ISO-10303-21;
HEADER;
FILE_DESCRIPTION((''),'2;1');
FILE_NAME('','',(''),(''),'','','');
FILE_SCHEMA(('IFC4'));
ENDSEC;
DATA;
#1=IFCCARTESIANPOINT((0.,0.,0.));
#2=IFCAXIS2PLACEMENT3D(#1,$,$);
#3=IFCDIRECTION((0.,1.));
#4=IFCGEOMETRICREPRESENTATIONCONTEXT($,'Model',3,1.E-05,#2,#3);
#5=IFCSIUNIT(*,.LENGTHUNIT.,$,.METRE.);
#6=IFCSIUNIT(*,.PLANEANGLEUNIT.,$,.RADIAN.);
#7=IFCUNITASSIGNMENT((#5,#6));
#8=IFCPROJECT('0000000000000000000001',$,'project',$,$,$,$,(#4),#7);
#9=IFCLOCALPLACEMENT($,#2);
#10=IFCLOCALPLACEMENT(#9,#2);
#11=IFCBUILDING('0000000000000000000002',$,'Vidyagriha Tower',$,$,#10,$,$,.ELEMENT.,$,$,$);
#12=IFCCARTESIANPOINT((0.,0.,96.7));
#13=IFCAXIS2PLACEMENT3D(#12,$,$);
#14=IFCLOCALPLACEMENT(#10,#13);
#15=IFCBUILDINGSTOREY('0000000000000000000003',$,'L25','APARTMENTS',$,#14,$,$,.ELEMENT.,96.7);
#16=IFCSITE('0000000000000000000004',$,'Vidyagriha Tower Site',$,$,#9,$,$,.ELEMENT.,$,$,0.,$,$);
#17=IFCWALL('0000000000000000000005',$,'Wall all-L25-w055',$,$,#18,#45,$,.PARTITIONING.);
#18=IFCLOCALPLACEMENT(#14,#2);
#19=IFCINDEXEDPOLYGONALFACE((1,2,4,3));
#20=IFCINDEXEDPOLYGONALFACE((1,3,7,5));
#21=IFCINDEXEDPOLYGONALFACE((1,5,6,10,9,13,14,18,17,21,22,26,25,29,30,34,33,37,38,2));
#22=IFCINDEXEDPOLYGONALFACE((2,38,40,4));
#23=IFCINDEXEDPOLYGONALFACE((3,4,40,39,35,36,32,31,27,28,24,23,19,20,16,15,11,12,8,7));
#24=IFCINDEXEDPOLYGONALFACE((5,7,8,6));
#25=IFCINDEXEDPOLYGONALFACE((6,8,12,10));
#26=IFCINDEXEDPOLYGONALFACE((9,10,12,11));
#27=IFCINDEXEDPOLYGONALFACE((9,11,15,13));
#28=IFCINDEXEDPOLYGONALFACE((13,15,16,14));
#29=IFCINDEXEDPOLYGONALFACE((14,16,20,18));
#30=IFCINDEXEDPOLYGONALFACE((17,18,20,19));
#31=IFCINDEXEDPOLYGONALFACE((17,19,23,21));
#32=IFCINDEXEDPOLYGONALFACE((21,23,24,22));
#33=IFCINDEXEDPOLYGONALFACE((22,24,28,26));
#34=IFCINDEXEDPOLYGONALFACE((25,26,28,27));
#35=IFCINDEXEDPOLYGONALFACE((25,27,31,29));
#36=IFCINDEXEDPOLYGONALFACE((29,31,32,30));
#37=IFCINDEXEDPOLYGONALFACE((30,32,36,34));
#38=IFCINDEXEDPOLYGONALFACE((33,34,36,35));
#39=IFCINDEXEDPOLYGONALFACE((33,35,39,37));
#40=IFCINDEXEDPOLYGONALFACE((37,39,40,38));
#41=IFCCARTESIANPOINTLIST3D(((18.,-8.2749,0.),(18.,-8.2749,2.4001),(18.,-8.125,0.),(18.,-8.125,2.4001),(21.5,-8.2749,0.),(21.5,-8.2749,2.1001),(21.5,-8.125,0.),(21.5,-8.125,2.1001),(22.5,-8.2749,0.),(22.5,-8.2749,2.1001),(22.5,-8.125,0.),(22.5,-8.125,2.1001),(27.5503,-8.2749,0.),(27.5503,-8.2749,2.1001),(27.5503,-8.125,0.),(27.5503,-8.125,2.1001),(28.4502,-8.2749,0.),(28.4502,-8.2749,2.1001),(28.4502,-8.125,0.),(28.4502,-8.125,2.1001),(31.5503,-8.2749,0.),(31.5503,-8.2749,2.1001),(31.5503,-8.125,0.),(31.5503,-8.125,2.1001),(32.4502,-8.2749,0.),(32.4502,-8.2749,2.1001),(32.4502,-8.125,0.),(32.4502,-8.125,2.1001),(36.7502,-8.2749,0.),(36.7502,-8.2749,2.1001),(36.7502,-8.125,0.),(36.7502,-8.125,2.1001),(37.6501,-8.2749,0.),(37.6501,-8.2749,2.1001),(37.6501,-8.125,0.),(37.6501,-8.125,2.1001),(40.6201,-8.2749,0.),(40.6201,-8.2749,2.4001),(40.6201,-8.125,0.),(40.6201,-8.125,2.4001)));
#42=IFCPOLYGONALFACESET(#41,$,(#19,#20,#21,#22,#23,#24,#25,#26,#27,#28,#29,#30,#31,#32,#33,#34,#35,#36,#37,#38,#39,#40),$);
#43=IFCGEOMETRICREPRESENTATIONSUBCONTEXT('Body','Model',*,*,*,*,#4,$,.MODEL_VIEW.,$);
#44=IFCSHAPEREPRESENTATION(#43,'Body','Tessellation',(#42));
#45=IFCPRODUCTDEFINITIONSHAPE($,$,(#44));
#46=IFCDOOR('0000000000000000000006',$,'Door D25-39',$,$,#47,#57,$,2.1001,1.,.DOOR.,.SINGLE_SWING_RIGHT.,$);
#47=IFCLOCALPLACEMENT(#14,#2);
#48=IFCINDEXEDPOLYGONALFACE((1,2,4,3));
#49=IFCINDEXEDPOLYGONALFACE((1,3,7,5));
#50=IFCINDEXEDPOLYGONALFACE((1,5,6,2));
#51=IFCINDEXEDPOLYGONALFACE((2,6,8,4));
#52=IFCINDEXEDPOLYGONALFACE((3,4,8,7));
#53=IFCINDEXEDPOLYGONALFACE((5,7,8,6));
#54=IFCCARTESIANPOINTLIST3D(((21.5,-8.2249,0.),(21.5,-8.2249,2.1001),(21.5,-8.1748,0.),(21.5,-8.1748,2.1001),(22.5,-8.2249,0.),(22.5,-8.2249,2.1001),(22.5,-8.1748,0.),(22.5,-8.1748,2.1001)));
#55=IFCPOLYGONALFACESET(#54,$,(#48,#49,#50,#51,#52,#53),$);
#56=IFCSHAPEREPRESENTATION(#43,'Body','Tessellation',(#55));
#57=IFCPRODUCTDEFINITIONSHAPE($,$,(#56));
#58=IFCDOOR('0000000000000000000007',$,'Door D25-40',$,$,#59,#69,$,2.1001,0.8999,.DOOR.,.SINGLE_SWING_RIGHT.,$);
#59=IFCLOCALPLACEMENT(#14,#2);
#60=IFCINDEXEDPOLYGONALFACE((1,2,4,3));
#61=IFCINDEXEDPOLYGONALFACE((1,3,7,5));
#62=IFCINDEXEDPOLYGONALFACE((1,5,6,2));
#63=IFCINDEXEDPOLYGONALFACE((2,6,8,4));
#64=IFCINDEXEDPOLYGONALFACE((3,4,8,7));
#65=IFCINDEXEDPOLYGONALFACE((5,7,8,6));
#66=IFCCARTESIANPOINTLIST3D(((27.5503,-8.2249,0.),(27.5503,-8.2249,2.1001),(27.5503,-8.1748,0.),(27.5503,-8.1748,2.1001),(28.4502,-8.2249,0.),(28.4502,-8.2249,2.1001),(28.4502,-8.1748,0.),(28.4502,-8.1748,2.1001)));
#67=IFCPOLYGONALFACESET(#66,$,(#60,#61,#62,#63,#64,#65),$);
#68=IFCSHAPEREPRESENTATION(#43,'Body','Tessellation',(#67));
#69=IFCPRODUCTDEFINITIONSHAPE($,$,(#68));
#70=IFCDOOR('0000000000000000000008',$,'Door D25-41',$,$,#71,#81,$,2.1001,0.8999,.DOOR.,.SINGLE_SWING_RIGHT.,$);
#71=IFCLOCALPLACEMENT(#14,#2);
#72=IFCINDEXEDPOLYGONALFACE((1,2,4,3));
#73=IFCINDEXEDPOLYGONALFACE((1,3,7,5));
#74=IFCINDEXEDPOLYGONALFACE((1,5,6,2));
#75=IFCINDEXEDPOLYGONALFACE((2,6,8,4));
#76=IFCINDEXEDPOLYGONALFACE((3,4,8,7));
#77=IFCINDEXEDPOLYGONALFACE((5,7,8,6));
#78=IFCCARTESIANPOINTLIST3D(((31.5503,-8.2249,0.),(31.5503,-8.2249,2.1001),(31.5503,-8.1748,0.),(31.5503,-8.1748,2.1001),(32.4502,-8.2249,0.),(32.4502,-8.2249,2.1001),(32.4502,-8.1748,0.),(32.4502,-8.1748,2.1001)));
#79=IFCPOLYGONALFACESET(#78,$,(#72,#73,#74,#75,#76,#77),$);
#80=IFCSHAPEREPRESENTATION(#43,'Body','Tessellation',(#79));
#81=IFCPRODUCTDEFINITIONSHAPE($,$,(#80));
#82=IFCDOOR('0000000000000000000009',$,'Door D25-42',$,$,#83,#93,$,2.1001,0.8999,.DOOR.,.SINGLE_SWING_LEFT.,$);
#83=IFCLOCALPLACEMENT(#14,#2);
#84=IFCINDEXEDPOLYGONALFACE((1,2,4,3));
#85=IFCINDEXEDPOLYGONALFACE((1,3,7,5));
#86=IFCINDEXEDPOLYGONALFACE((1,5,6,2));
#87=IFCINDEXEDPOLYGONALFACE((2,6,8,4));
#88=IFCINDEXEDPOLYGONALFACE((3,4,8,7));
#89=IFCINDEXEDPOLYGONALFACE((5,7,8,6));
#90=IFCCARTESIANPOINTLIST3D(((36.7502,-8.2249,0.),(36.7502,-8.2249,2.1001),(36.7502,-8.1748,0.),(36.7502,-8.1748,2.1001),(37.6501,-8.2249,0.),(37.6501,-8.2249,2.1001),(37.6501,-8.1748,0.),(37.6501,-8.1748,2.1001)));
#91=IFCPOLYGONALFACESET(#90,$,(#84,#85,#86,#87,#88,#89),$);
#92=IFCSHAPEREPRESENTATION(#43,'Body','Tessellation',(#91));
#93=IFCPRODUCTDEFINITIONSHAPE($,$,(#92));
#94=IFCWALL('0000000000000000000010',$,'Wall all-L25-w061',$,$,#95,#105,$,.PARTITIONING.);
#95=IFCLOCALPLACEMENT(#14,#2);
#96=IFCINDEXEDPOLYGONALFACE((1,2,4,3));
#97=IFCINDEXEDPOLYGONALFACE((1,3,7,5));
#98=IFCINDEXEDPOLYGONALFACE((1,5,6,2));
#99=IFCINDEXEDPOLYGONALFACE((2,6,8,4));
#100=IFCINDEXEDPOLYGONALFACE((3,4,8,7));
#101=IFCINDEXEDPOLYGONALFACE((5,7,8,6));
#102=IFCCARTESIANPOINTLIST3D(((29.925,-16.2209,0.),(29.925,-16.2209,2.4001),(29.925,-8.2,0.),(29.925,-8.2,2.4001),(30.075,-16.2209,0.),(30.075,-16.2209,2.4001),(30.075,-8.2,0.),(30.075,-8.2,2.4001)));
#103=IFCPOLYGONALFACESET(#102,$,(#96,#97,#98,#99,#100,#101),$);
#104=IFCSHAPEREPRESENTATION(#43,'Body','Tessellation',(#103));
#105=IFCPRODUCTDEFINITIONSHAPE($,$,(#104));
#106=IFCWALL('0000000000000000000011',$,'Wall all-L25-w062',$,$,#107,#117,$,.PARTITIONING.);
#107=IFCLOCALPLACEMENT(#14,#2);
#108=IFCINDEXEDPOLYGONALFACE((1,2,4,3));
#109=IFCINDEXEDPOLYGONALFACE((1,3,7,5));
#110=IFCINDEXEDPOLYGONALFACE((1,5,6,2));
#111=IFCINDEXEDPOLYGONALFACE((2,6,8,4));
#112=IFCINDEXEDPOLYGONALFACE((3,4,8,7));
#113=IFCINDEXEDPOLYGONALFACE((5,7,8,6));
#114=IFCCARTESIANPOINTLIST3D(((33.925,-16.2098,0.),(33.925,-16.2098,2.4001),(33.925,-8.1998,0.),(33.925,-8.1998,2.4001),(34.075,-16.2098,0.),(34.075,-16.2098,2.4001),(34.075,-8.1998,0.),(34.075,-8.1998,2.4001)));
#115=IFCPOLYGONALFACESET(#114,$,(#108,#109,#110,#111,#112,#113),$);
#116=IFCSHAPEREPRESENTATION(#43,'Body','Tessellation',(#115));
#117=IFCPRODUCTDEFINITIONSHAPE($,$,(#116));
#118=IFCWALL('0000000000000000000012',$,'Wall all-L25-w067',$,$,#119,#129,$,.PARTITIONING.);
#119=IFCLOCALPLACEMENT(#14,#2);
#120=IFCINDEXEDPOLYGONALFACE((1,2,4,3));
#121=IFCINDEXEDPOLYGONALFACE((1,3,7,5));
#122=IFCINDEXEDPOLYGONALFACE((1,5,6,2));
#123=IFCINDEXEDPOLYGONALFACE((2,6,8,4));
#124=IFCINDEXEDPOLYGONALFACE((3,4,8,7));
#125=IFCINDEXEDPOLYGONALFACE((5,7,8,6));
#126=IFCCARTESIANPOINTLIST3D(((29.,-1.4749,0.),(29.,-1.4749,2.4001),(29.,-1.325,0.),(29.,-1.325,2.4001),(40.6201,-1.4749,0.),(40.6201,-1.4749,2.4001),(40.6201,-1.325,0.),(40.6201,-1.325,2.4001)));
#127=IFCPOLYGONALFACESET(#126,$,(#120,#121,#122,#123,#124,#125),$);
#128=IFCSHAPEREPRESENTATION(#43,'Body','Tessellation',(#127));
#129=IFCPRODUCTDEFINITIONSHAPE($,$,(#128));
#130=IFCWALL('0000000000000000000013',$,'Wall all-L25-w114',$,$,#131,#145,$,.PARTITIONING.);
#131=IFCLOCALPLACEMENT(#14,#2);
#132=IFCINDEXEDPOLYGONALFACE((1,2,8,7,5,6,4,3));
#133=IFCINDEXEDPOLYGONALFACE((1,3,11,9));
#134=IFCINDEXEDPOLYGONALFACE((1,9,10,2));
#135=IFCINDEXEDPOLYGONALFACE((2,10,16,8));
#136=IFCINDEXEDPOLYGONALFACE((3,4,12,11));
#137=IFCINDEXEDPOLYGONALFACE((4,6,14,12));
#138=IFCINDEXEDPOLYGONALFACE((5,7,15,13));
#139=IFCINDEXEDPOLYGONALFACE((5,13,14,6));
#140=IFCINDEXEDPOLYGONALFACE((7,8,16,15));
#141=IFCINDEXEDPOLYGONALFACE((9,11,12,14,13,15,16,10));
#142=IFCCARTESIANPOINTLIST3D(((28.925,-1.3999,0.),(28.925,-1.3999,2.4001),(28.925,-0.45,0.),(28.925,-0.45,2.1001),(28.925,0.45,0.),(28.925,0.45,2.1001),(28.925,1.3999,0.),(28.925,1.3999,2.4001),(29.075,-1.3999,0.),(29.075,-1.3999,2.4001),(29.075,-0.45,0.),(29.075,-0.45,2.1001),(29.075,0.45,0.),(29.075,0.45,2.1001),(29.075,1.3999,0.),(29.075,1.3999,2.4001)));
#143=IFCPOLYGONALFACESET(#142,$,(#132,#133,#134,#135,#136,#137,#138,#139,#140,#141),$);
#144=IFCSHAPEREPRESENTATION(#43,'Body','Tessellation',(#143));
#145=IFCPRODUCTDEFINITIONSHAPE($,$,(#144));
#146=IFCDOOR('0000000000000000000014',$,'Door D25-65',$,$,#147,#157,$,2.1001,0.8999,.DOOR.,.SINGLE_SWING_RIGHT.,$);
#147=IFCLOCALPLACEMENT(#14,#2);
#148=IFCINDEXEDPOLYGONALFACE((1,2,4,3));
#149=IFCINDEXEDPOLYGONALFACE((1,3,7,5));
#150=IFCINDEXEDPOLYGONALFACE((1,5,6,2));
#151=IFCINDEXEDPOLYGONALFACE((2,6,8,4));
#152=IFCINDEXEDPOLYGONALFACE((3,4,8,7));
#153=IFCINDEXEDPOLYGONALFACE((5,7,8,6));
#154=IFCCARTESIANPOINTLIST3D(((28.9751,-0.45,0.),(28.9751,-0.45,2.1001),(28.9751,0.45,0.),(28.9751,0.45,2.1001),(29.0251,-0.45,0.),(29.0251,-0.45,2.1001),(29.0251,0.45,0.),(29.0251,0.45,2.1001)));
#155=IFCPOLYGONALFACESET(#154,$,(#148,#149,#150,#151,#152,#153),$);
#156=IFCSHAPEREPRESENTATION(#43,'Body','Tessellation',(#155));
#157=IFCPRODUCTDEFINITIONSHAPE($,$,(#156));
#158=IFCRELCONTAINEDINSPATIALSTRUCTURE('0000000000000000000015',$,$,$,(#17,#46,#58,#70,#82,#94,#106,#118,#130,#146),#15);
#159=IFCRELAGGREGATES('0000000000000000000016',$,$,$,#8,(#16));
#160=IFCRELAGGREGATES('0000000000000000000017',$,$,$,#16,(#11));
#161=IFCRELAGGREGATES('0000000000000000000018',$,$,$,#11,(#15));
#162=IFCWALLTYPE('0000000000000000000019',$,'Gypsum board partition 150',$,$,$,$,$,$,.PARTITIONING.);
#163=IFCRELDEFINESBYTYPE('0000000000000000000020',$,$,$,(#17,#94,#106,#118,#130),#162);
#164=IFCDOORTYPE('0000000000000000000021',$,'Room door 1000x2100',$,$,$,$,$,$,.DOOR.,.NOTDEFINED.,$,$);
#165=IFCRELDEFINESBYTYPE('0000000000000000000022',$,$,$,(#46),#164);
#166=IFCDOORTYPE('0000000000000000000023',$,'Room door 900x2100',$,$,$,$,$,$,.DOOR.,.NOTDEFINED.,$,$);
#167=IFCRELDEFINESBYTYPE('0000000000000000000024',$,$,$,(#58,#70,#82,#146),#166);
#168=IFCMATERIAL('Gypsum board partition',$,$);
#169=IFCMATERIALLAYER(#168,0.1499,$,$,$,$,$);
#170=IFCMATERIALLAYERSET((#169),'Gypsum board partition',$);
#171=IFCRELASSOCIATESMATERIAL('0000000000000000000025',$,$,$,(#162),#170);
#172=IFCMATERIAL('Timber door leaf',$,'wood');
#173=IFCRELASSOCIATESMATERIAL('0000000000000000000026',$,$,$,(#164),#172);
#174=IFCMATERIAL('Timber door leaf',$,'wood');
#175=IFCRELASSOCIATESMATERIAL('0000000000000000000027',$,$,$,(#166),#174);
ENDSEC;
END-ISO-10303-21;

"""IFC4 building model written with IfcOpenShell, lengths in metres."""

from ifc_helpers import new_model, si_unit, direction, frame, frame_2d, origin, place, context, subcontext, project, spatial, rectangle, extrude, material, layer, layer_set, type_object, element, fill, save


model = new_model("IFC4")

# Units and contexts
model_context = context("Model", 3, precision=1e-05, world=origin(), true_north=direction((0.0, 1.0)))
body_context = subcontext(model_context, "Body", "Model", "MODEL_VIEW")
ifc_project = project(units=[si_unit("LENGTHUNIT", "METRE"), si_unit("PLANEANGLEUNIT", "RADIAN")], contexts=[model_context])

# Site, building, storey
site_placement = place(None, origin())
site = spatial("IfcSite", under=ifc_project, at=site_placement, Name="Vidyagriha Tower Site", CompositionType="ELEMENT", RefElevation=0.0)
building_placement = place(site_placement, origin())
building = spatial("IfcBuilding", under=site, at=building_placement, Name="Vidyagriha Tower", CompositionType="ELEMENT")
storey_placement = place(building_placement, frame((0.0, 0.0, 96.7)))
storey = spatial("IfcBuildingStorey", under=building, at=storey_placement, Name="L25", Description="APARTMENTS", CompositionType="ELEMENT", Elevation=96.7)

# Shared definitions
ifc_material_1 = material(Name="Gypsum board partition")
ifc_layer_1 = layer(ifc_material_1, 0.1499)
ifc_layer_set_1 = layer_set([ifc_layer_1], Name="Gypsum board partition")
wall_type_1 = type_object("IfcWallType", Name="Gypsum board partition 150", PredefinedType="PARTITIONING", material=ifc_layer_set_1)

# Wall, openings, doors
wall_1_placement = place(storey_placement, frame((40.6201, -8.2, 0.0), z_axis=(0.0, 0.0, 1.0), x_axis=(-1.0, 0.0, 0.0)))
wall_1 = element("IfcWall", 1, at=wall_1_placement, inside=storey, type_object=wall_type_1, Name="Wall all-L25-w055", PredefinedType="PARTITIONING", context=body_context, shape_type="SweptSolid", body=[
    extrude(rectangle(XDim=22.6201, YDim=0.1499, at=frame_2d((11.3101, 0.0))), origin(), (0.0, 0.0, 1.0), 2.4001),
])
opening_1_placement = place(wall_1_placement, frame((18.1201, 0.0, 0.0)))
opening_1 = element("IfcOpeningElement", 2, at=opening_1_placement, cuts=wall_1, PredefinedType="OPENING", context=body_context, shape_type="SweptSolid", body=[
    extrude(rectangle(XDim=1.0, YDim=2.1001, at=frame_2d((0.5, 1.05))), frame((0.0, 0.085, 0.0), z_axis=(0.0, -1.0, 0.0), x_axis=(1.0, 0.0, 0.0)), (0.0, 0.0, 1.0), 0.1699),
])
opening_2_placement = place(wall_1_placement, frame((12.1699, 0.0, 0.0)))
opening_2 = element("IfcOpeningElement", 3, at=opening_2_placement, cuts=wall_1, PredefinedType="OPENING", context=body_context, shape_type="SweptSolid", body=[
    extrude(rectangle(XDim=0.8999, YDim=2.1001, at=frame_2d((0.45, 1.05))), frame((0.0, 0.085, 0.0), z_axis=(0.0, -1.0, 0.0), x_axis=(1.0, 0.0, 0.0)), (0.0, 0.0, 1.0), 0.1699),
])
opening_3_placement = place(wall_1_placement, frame((8.1699, 0.0, 0.0)))
opening_3 = element("IfcOpeningElement", 4, at=opening_3_placement, cuts=wall_1, PredefinedType="OPENING", context=body_context, shape_type="SweptSolid", body=[
    extrude(rectangle(XDim=0.8999, YDim=2.1001, at=frame_2d((0.45, 1.05))), frame((0.0, 0.085, 0.0), z_axis=(0.0, -1.0, 0.0), x_axis=(1.0, 0.0, 0.0)), (0.0, 0.0, 1.0), 0.1699),
])
opening_4_placement = place(wall_1_placement, frame((2.97, 0.0, 0.0)))
opening_4 = element("IfcOpeningElement", 5, at=opening_4_placement, cuts=wall_1, PredefinedType="OPENING", context=body_context, shape_type="SweptSolid", body=[
    extrude(rectangle(XDim=0.8999, YDim=2.1001, at=frame_2d((0.45, 1.05))), frame((0.0, 0.085, 0.0), z_axis=(0.0, -1.0, 0.0), x_axis=(1.0, 0.0, 0.0)), (0.0, 0.0, 1.0), 0.1699),
])
ifc_material_2 = material(Name="Timber door leaf", Category="wood")
door_type_1 = type_object("IfcDoorType", Name="Room door 1000x2100", OperationType="NOTDEFINED", PredefinedType="DOOR", material=ifc_material_2)
door_1_placement = place(opening_1_placement, origin())
door_1 = element("IfcDoor", 6, at=door_1_placement, inside=storey, type_object=door_type_1, Name="Door D25-39", OperationType="SINGLE_SWING_RIGHT", OverallHeight=2.1001, OverallWidth=1.0, PredefinedType="DOOR", context=body_context, shape_type="SweptSolid", body=[
    extrude(rectangle(XDim=1.0, YDim=2.1001, at=frame_2d((0.5, 1.05))), frame((0.0, 0.0249, 0.0), z_axis=(0.0, -1.0, 0.0), x_axis=(1.0, 0.0, 0.0)), (0.0, 0.0, 1.0), 0.05),
])
fill(opening_1, door_1)
ifc_material_3 = material(Name="Timber door leaf", Category="wood")
door_type_2 = type_object("IfcDoorType", Name="Room door 900x2100", OperationType="NOTDEFINED", PredefinedType="DOOR", material=ifc_material_3)
door_2_placement = place(opening_2_placement, origin())
door_2 = element("IfcDoor", 7, at=door_2_placement, inside=storey, type_object=door_type_2, Name="Door D25-40", OperationType="SINGLE_SWING_RIGHT", OverallHeight=2.1001, OverallWidth=0.8999, PredefinedType="DOOR", context=body_context, shape_type="SweptSolid", body=[
    extrude(rectangle(XDim=0.8999, YDim=2.1001, at=frame_2d((0.45, 1.05))), frame((0.0, 0.0249, 0.0), z_axis=(0.0, -1.0, 0.0), x_axis=(1.0, 0.0, 0.0)), (0.0, 0.0, 1.0), 0.05),
])
fill(opening_2, door_2)
door_3_placement = place(opening_3_placement, origin())
door_3 = element("IfcDoor", 8, at=door_3_placement, inside=storey, type_object=door_type_2, Name="Door D25-41", OperationType="SINGLE_SWING_RIGHT", OverallHeight=2.1001, OverallWidth=0.8999, PredefinedType="DOOR", context=body_context, shape_type="SweptSolid", body=[
    extrude(rectangle(XDim=0.8999, YDim=2.1001, at=frame_2d((0.45, 1.05))), frame((0.0, 0.0249, 0.0), z_axis=(0.0, -1.0, 0.0), x_axis=(1.0, 0.0, 0.0)), (0.0, 0.0, 1.0), 0.05),
])
fill(opening_3, door_3)
door_4_placement = place(opening_4_placement, origin())
door_4 = element("IfcDoor", 9, at=door_4_placement, inside=storey, type_object=door_type_2, Name="Door D25-42", OperationType="SINGLE_SWING_LEFT", OverallHeight=2.1001, OverallWidth=0.8999, PredefinedType="DOOR", context=body_context, shape_type="SweptSolid", body=[
    extrude(rectangle(XDim=0.8999, YDim=2.1001, at=frame_2d((0.45, 1.05))), frame((0.0, 0.0249, 0.0), z_axis=(0.0, -1.0, 0.0), x_axis=(1.0, 0.0, 0.0)), (0.0, 0.0, 1.0), 0.05),
])
fill(opening_4, door_4)

# Walls
wall_2_placement = place(storey_placement, frame((30.0, -8.2, 0.0), z_axis=(0.0, 0.0, 1.0), x_axis=(0.0, -1.0, 0.0)))
element("IfcWall", 10, at=wall_2_placement, inside=storey, type_object=wall_type_1, Name="Wall all-L25-w061", PredefinedType="PARTITIONING", context=body_context, shape_type="SweptSolid", body=[
    extrude(rectangle(XDim=8.021, YDim=0.1499, at=frame_2d((4.0105, 0.0))), origin(), (0.0, 0.0, 1.0), 2.4001),
])
wall_3_placement = place(storey_placement, frame((34.0, -8.2, 0.0), z_axis=(0.0, 0.0, 1.0), x_axis=(0.0, -1.0, 0.0)))
element("IfcWall", 11, at=wall_3_placement, inside=storey, type_object=wall_type_1, Name="Wall all-L25-w062", PredefinedType="PARTITIONING", context=body_context, shape_type="SweptSolid", body=[
    extrude(rectangle(XDim=8.01, YDim=0.1499, at=frame_2d((4.0049, 0.0))), origin(), (0.0, 0.0, 1.0), 2.4001),
])
wall_4_placement = place(storey_placement, frame((40.6201, -1.3999, 0.0), z_axis=(0.0, 0.0, 1.0), x_axis=(-1.0, 0.0, 0.0)))
element("IfcWall", 12, at=wall_4_placement, inside=storey, type_object=wall_type_1, Name="Wall all-L25-w067", PredefinedType="PARTITIONING", context=body_context, shape_type="SweptSolid", body=[
    extrude(rectangle(XDim=11.6201, YDim=0.1499, at=frame_2d((5.8101, 0.0))), origin(), (0.0, 0.0, 1.0), 2.4001),
])

# Wall, opening, door
wall_5_placement = place(storey_placement, frame((29.0, -1.3999, 0.0), z_axis=(0.0, 0.0, 1.0), x_axis=(0.0, 1.0, 0.0)))
wall_5 = element("IfcWall", 13, at=wall_5_placement, inside=storey, type_object=wall_type_1, Name="Wall all-L25-w114", PredefinedType="PARTITIONING", context=body_context, shape_type="SweptSolid", body=[
    extrude(rectangle(XDim=2.7998, YDim=0.1499, at=frame_2d((1.3999, 0.0))), origin(), (0.0, 0.0, 1.0), 2.4001),
])
opening_5_placement = place(wall_5_placement, frame((0.95, 0.0, 0.0)))
opening_5 = element("IfcOpeningElement", 14, at=opening_5_placement, cuts=wall_5, PredefinedType="OPENING", context=body_context, shape_type="SweptSolid", body=[
    extrude(rectangle(XDim=0.8999, YDim=2.1001, at=frame_2d((0.45, 1.05))), frame((0.0, 0.085, 0.0), z_axis=(0.0, -1.0, 0.0), x_axis=(1.0, 0.0, 0.0)), (0.0, 0.0, 1.0), 0.1699),
])
door_5_placement = place(opening_5_placement, origin())
door_5 = element("IfcDoor", 15, at=door_5_placement, inside=storey, type_object=door_type_2, Name="Door D25-65", OperationType="SINGLE_SWING_RIGHT", OverallHeight=2.1001, OverallWidth=0.8999, PredefinedType="DOOR", context=body_context, shape_type="SweptSolid", body=[
    extrude(rectangle(XDim=0.8999, YDim=2.1001, at=frame_2d((0.45, 1.05))), frame((0.0, 0.0249, 0.0), z_axis=(0.0, -1.0, 0.0), x_axis=(1.0, 0.0, 0.0)), (0.0, 0.0, 1.0), 0.05),
])
fill(opening_5, door_5)

save(model, "model.ifc")
